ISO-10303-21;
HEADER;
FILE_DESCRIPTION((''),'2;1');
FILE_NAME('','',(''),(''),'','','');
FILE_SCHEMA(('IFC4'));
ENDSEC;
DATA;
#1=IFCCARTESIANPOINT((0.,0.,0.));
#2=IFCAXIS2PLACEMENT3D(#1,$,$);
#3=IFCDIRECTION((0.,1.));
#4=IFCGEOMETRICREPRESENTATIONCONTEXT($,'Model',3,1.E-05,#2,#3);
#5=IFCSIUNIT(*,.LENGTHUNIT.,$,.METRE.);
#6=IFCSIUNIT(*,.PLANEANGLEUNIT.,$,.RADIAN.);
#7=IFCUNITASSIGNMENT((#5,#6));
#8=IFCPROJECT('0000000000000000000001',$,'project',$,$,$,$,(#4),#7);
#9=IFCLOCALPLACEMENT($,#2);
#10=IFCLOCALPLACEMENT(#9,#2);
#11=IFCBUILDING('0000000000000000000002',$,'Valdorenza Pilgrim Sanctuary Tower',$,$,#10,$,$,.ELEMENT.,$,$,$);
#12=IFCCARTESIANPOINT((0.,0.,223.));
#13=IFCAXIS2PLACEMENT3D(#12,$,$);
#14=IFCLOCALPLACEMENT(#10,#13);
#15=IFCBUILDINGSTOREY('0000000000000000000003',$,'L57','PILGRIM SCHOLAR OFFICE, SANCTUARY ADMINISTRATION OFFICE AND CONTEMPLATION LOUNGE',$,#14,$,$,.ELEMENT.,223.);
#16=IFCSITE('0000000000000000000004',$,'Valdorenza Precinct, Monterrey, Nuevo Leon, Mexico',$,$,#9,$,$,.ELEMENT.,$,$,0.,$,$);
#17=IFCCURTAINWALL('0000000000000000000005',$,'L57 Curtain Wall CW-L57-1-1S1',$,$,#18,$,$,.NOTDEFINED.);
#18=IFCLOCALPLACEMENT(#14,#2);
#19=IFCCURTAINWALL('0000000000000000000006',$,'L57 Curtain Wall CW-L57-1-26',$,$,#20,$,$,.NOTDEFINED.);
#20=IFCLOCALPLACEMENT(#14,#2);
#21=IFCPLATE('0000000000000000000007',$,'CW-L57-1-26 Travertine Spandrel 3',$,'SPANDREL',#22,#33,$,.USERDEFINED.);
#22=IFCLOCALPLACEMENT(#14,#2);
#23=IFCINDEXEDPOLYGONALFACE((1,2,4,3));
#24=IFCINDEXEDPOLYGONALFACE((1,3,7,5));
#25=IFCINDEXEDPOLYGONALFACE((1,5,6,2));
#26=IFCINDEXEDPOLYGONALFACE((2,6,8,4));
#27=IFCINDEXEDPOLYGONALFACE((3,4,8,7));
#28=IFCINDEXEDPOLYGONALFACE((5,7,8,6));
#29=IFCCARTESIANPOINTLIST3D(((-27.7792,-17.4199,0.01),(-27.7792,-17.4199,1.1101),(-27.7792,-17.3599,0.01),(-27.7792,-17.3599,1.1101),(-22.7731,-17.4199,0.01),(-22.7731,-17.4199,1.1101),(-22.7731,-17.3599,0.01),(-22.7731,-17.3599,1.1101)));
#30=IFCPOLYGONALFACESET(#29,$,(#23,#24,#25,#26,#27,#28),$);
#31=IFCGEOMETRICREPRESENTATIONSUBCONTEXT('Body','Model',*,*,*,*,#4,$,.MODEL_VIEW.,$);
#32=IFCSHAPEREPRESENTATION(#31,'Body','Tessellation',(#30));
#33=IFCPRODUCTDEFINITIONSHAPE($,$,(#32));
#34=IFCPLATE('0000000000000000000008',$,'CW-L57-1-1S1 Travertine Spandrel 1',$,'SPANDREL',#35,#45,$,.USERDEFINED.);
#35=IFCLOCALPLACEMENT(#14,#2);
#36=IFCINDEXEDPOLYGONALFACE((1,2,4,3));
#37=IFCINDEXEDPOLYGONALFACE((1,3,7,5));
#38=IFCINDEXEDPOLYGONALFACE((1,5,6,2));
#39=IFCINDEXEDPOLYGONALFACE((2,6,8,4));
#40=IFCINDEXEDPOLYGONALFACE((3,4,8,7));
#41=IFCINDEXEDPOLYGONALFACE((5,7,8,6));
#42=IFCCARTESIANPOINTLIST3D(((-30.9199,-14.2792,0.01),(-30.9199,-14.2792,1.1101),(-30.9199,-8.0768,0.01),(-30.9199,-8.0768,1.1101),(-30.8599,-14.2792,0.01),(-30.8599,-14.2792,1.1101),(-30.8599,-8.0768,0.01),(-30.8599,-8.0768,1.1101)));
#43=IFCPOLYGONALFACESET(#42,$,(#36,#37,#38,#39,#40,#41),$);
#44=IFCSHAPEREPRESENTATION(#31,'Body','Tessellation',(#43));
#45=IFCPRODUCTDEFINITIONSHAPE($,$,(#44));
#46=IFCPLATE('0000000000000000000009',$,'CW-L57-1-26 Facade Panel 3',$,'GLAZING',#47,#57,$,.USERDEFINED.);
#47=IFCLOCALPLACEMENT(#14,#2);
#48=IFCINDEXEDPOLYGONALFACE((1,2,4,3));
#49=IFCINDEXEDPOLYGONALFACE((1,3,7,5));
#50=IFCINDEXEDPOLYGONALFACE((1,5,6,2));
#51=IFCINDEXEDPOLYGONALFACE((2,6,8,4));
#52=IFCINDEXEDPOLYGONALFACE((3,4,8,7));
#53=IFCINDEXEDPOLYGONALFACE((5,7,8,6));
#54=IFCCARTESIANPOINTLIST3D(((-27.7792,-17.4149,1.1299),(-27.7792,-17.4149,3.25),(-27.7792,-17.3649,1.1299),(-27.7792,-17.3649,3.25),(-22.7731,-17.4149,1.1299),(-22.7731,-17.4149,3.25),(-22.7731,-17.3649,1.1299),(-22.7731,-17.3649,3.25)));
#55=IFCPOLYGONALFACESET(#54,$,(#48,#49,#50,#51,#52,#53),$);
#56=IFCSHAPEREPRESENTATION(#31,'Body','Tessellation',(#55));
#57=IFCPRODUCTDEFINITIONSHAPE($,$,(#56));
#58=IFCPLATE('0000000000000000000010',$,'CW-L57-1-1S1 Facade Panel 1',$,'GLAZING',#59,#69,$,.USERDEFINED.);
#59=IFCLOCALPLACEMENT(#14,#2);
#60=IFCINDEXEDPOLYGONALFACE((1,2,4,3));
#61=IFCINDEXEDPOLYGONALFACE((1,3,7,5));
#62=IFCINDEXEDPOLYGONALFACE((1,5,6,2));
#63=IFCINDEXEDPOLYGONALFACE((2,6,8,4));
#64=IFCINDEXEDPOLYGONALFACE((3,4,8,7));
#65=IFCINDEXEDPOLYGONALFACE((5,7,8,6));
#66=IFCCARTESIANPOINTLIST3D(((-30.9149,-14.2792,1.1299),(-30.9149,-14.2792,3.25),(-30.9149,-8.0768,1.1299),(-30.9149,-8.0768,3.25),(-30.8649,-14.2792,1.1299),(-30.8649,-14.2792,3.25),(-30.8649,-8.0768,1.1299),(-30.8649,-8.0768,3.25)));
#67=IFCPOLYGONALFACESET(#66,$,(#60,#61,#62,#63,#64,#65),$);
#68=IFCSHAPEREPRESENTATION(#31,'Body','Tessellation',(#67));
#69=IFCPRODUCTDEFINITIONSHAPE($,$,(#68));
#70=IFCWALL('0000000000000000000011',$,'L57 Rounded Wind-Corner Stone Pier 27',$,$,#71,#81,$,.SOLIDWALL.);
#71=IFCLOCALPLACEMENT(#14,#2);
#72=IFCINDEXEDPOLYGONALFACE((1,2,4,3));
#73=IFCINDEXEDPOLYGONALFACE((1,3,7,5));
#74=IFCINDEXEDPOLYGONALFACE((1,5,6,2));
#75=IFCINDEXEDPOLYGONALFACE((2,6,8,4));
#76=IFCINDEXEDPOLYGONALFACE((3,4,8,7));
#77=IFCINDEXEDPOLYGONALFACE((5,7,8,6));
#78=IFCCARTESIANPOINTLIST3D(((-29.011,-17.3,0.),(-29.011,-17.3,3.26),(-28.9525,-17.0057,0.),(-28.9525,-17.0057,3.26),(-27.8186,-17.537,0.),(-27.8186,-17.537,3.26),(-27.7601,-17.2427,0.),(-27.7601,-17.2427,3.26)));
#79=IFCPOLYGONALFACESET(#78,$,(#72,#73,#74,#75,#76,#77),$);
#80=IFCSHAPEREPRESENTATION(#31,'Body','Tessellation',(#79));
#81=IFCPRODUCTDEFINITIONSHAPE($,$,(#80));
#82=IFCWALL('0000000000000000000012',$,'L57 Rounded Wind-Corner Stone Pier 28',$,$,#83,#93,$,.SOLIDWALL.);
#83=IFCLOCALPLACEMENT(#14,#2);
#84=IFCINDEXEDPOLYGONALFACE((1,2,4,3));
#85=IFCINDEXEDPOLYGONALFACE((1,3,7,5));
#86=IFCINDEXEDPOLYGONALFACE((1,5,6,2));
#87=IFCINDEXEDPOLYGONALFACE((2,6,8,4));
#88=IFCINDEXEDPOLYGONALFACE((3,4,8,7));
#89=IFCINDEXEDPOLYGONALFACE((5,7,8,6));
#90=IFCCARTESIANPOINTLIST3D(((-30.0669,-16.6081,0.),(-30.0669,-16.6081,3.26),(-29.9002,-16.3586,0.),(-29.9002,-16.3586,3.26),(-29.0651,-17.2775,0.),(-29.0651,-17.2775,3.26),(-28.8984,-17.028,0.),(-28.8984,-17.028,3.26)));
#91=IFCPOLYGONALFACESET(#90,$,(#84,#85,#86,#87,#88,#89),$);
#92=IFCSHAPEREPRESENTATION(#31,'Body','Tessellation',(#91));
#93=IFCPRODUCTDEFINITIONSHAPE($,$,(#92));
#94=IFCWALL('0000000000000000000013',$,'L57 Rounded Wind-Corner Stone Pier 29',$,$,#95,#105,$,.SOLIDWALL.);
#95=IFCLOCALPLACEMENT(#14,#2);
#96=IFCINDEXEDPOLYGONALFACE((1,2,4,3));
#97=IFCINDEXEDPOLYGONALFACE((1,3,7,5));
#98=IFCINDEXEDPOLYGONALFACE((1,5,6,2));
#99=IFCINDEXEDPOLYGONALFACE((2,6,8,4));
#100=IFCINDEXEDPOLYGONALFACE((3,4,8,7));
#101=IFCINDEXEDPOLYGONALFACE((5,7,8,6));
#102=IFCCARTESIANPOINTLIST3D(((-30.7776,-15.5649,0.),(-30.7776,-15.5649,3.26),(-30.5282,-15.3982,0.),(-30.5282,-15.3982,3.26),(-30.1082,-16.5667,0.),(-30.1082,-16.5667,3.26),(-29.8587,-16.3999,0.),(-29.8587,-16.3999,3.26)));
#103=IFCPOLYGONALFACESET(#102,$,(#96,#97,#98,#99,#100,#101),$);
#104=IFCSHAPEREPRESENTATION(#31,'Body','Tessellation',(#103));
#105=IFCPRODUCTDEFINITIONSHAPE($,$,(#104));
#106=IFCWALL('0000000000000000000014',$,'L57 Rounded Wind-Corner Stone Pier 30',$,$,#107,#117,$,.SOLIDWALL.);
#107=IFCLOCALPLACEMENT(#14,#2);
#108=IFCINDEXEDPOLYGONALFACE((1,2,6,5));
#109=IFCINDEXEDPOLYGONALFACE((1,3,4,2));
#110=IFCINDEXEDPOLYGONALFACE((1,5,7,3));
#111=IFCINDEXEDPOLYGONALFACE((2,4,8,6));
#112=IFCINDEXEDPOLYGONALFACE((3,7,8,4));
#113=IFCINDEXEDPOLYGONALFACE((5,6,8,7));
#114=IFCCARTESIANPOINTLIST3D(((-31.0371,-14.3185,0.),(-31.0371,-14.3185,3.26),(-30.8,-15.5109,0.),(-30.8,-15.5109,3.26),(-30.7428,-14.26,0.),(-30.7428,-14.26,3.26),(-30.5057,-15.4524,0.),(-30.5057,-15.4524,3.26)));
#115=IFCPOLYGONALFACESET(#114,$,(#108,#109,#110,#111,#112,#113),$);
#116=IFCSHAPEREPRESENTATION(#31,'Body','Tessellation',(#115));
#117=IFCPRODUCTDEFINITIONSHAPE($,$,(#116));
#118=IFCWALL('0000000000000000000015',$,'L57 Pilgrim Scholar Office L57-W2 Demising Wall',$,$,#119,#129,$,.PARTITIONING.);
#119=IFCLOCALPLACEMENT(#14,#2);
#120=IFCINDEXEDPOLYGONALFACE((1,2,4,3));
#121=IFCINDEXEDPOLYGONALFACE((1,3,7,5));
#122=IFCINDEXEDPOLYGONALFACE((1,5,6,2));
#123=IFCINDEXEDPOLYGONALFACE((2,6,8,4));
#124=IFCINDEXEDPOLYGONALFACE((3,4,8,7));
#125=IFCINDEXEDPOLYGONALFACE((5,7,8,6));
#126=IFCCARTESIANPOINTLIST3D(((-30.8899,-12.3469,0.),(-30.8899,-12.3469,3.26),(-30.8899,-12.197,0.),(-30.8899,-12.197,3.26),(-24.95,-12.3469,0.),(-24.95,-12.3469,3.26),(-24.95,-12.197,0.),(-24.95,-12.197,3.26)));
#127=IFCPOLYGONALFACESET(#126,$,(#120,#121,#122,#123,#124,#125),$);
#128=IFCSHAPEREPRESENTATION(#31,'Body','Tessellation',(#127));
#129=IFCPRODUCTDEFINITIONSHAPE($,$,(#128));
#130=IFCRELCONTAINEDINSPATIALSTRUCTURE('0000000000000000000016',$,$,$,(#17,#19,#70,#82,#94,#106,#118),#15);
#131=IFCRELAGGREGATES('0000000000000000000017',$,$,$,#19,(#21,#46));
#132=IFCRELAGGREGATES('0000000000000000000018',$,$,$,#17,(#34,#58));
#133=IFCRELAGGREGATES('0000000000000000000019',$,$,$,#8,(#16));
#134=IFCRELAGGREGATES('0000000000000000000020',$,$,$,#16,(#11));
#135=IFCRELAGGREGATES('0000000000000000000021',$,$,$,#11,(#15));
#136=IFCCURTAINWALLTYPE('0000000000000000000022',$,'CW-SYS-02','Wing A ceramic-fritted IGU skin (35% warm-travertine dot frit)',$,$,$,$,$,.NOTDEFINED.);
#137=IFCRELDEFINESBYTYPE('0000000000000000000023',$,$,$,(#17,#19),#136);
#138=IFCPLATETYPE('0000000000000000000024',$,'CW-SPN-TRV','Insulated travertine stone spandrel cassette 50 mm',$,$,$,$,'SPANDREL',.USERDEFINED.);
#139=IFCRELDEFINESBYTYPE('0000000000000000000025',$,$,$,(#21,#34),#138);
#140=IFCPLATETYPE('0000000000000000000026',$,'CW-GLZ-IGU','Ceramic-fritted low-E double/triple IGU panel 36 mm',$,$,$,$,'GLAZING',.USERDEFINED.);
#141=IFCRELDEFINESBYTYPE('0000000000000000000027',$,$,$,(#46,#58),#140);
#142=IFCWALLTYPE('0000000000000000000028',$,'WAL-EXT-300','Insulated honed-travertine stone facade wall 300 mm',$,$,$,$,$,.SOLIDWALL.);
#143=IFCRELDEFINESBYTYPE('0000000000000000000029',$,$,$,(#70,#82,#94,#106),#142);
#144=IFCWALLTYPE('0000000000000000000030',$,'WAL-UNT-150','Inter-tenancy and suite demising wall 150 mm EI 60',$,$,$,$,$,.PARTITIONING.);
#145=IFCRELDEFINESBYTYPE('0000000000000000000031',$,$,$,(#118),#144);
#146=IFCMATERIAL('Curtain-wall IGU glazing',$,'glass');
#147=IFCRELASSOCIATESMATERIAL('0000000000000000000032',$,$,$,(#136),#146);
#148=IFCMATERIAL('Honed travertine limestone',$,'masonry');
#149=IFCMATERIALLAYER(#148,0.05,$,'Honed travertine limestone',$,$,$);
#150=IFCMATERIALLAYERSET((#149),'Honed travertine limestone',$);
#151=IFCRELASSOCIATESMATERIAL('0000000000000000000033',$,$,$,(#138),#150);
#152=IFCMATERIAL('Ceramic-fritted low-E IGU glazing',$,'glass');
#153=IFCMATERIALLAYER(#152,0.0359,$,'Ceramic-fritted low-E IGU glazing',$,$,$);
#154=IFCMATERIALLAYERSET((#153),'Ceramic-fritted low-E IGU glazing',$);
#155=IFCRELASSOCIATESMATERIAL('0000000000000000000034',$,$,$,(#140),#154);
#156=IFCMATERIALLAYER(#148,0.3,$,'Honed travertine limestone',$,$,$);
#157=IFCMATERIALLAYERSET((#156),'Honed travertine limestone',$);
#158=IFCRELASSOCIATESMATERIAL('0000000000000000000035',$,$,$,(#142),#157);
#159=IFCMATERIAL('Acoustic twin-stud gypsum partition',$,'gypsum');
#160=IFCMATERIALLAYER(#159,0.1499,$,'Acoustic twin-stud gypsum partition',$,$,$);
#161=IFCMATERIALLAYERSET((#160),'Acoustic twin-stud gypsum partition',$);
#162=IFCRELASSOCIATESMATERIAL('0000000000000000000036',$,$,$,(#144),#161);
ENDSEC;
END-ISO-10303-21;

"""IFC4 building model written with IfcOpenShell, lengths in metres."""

from ifc_helpers import new_model, si_unit, direction, frame, frame_2d, origin, origin_2d, place, context, subcontext, project, spatial, rectangle, extrude, source, transform, mapped, material, layer, layer_set, type_object, element, aggregate, save


model = new_model("IFC4")

# Units and contexts
model_context = context("Model", 3, precision=1e-05, world=origin(), true_north=direction((0.0, 1.0)))
body_context = subcontext(model_context, "Body", "Model", "MODEL_VIEW")
ifc_project = project(units=[si_unit("LENGTHUNIT", "METRE"), si_unit("PLANEANGLEUNIT", "RADIAN")], contexts=[model_context])

# Site, building, storey
site_placement = place(None, origin())
site = spatial("IfcSite", under=ifc_project, at=site_placement, Name="Valdorenza Precinct, Monterrey, Nuevo Leon, Mexico", CompositionType="ELEMENT", RefElevation=0.0)
building_placement = place(site_placement, origin())
building = spatial("IfcBuilding", under=site, at=building_placement, Name="Valdorenza Pilgrim Sanctuary Tower", CompositionType="ELEMENT")
storey_placement = place(building_placement, frame((0.0, 0.0, 223.0)))
storey = spatial("IfcBuildingStorey", under=building, at=storey_placement, Name="L57", Description="PILGRIM SCHOLAR OFFICE, SANCTUARY ADMINISTRATION OFFICE AND CONTEMPLATION LOUNGE", CompositionType="ELEMENT", Elevation=223.0)

# Curtain wall
ifc_material_1 = material(Name="Curtain-wall IGU glazing", Category="glass")
curtain_wall_type = type_object("IfcCurtainWallType", Name="CW-SYS-02", Description="Wing A ceramic-fritted IGU skin (35% warm-travertine dot frit)", PredefinedType="NOTDEFINED", material=ifc_material_1)
curtain_wall_1_placement = place(storey_placement, origin())
curtain_wall_1 = element("IfcCurtainWall", 1, at=curtain_wall_1_placement, inside=storey, type_object=curtain_wall_type, Name="L57 Curtain Wall CW-L57-1-1S1", PredefinedType="NOTDEFINED")

# Curtain wall, plate
curtain_wall_2_placement = place(storey_placement, origin())
curtain_wall_2 = element("IfcCurtainWall", 2, at=curtain_wall_2_placement, inside=storey, type_object=curtain_wall_type, Name="L57 Curtain Wall CW-L57-1-26", PredefinedType="NOTDEFINED")
ifc_material_2 = material(Name="Honed travertine limestone", Category="masonry")
ifc_layer_1 = layer(ifc_material_2, 0.05, Name="Honed travertine limestone")
ifc_layer_set_1 = layer_set([ifc_layer_1], Name="Honed travertine limestone")
plate_type_1 = type_object("IfcPlateType", Name="CW-SPN-TRV", Description="Insulated travertine stone spandrel cassette 50 mm", ElementType="SPANDREL", PredefinedType="USERDEFINED", material=ifc_layer_set_1)
shared_shape_1 = source(origin(), body_context, "Body", "SweptSolid", [
    extrude(rectangle(XDim=5.0061, YDim=0.0601, at=origin_2d()), origin(), (0.0, 0.0, 1.0), 1.1001),
])
plate_1_placement = place(storey_placement, frame((-25.2761, -17.3899, 0.01), z_axis=(0.0, 0.0, 1.0), x_axis=(-1.0, 0.0, 0.0)))
plate_1 = element("IfcPlate", 3, at=plate_1_placement, type_object=plate_type_1, Name="CW-L57-1-26 Travertine Spandrel 3", ObjectType="SPANDREL", PredefinedType="USERDEFINED", context=body_context, shape_type="MappedRepresentation", body=[
    mapped(shared_shape_1, transform((0.0, 0.0, 0.0), x_axis=(1.0, 0.0, 0.0), y_axis=(0.0, 1.0, 0.0), z_axis=(0.0, 0.0, 1.0), scale=1.0)),
])

# Plates
shared_shape_2 = source(origin(), body_context, "Body", "SweptSolid", [
    extrude(rectangle(XDim=6.2024, YDim=0.0601, at=origin_2d()), origin(), (0.0, 0.0, 1.0), 1.1001),
])
plate_2_placement = place(storey_placement, frame((-30.8899, -11.178, 0.01), z_axis=(0.0, 0.0, 1.0), x_axis=(0.0, 1.0, 0.0)))
plate_2 = element("IfcPlate", 4, at=plate_2_placement, type_object=plate_type_1, Name="CW-L57-1-1S1 Travertine Spandrel 1", ObjectType="SPANDREL", PredefinedType="USERDEFINED", context=body_context, shape_type="MappedRepresentation", body=[
    mapped(shared_shape_2, transform((0.0, 0.0, 0.0), x_axis=(1.0, 0.0, 0.0), y_axis=(0.0, 1.0, 0.0), z_axis=(0.0, 0.0, 1.0), scale=1.0)),
])
ifc_material_3 = material(Name="Ceramic-fritted low-E IGU glazing", Category="glass")
ifc_layer_2 = layer(ifc_material_3, 0.0359, Name="Ceramic-fritted low-E IGU glazing")
ifc_layer_set_2 = layer_set([ifc_layer_2], Name="Ceramic-fritted low-E IGU glazing")
plate_type_2 = type_object("IfcPlateType", Name="CW-GLZ-IGU", Description="Ceramic-fritted low-E double/triple IGU panel 36 mm", ElementType="GLAZING", PredefinedType="USERDEFINED", material=ifc_layer_set_2)
shared_shape_3 = source(origin(), body_context, "Body", "SweptSolid", [
    extrude(rectangle(XDim=5.0061, YDim=0.05, at=origin_2d()), origin(), (0.0, 0.0, 1.0), 2.1201),
])
plate_3_placement = place(storey_placement, frame((-25.2761, -17.3899, 1.1299), z_axis=(0.0, 0.0, 1.0), x_axis=(-1.0, 0.0, 0.0)))
plate_3 = element("IfcPlate", 5, at=plate_3_placement, type_object=plate_type_2, Name="CW-L57-1-26 Facade Panel 3", ObjectType="GLAZING", PredefinedType="USERDEFINED", context=body_context, shape_type="MappedRepresentation", body=[
    mapped(shared_shape_3, transform((0.0, 0.0, 0.0), x_axis=(1.0, 0.0, 0.0), y_axis=(0.0, 1.0, 0.0), z_axis=(0.0, 0.0, 1.0), scale=1.0)),
])
aggregate(curtain_wall_2, [plate_1, plate_3])
shared_shape_4 = source(origin(), body_context, "Body", "SweptSolid", [
    extrude(rectangle(XDim=6.2024, YDim=0.05, at=origin_2d()), origin(), (0.0, 0.0, 1.0), 2.1201),
])
plate_4_placement = place(storey_placement, frame((-30.8899, -11.178, 1.1299), z_axis=(0.0, 0.0, 1.0), x_axis=(0.0, 1.0, 0.0)))
plate_4 = element("IfcPlate", 6, at=plate_4_placement, type_object=plate_type_2, Name="CW-L57-1-1S1 Facade Panel 1", ObjectType="GLAZING", PredefinedType="USERDEFINED", context=body_context, shape_type="MappedRepresentation", body=[
    mapped(shared_shape_4, transform((0.0, 0.0, 0.0), x_axis=(1.0, 0.0, 0.0), y_axis=(0.0, 1.0, 0.0), z_axis=(0.0, 0.0, 1.0), scale=1.0)),
])
aggregate(curtain_wall_1, [plate_2, plate_4])

# Walls
ifc_layer_3 = layer(ifc_material_2, 0.3, Name="Honed travertine limestone")
ifc_layer_set_3 = layer_set([ifc_layer_3], Name="Honed travertine limestone")
wall_type_1 = type_object("IfcWallType", Name="WAL-EXT-300", Description="Insulated honed-travertine stone facade wall 300 mm", PredefinedType="SOLIDWALL", material=ifc_layer_set_3)
wall_1_placement = place(storey_placement, frame((-27.7893, -17.3899, 0.0), z_axis=(0.0, 0.0, 1.0), x_axis=(-0.980804, 0.194996, 0.0)))
element("IfcWall", 7, at=wall_1_placement, inside=storey, type_object=wall_type_1, Name="L57 Rounded Wind-Corner Stone Pier 27", PredefinedType="SOLIDWALL", context=body_context, shape_type="SweptSolid", body=[
    extrude(rectangle(XDim=1.2158, YDim=0.3, at=frame_2d((0.6079, 0.0))), origin(), (0.0, 0.0, 1.0), 3.26),
])
for number, where, z_axis, x_axis, name in (
    (8, (-28.9817, -17.1528, 0.0), (0.0, 0.0, 1.0), (-0.831426, 0.555635, 0.0), "L57 Rounded Wind-Corner Stone Pier 28"),
    (9, (-29.9834, -16.4834, 0.0), (0.0, 0.0, 1.0), (-0.555635, 0.831426, 0.0), "L57 Rounded Wind-Corner Stone Pier 29"),
):
    element("IfcWall", number, at=place(storey_placement, frame(where, z_axis=z_axis, x_axis=x_axis)), inside=storey, type_object=wall_type_1, Name=name, PredefinedType="SOLIDWALL", context=body_context, shape_type="SweptSolid", body=[
        extrude(rectangle(XDim=1.2048, YDim=0.3, at=frame_2d((0.6025, 0.0))), origin(), (0.0, 0.0, 1.0), 3.26),
    ])
wall_2_placement = place(storey_placement, frame((-30.6528, -15.4817, 0.0), z_axis=(0.0, 0.0, 1.0), x_axis=(-0.194996, 0.980804, 0.0)))
element("IfcWall", 10, at=wall_2_placement, inside=storey, type_object=wall_type_1, Name="L57 Rounded Wind-Corner Stone Pier 30", PredefinedType="SOLIDWALL", context=body_context, shape_type="SweptSolid", body=[
    extrude(rectangle(XDim=1.2158, YDim=0.3, at=frame_2d((0.6079, 0.0))), origin(), (0.0, 0.0, 1.0), 3.26),
])
ifc_material_4 = material(Name="Acoustic twin-stud gypsum partition", Category="gypsum")
ifc_layer_4 = layer(ifc_material_4, 0.1499, Name="Acoustic twin-stud gypsum partition")
ifc_layer_set_4 = layer_set([ifc_layer_4], Name="Acoustic twin-stud gypsum partition")
wall_type_2 = type_object("IfcWallType", Name="WAL-UNT-150", Description="Inter-tenancy and suite demising wall 150 mm EI 60", PredefinedType="PARTITIONING", material=ifc_layer_set_4)
wall_3_placement = place(storey_placement, frame((-30.8899, -12.272, 0.0), z_axis=(0.0, 0.0, 1.0), x_axis=(1.0, 0.0, 0.0)))
element("IfcWall", 11, at=wall_3_placement, inside=storey, type_object=wall_type_2, Name="L57 Pilgrim Scholar Office L57-W2 Demising Wall", PredefinedType="PARTITIONING", context=body_context, shape_type="SweptSolid", body=[
    extrude(rectangle(XDim=5.9399, YDim=0.1499, at=frame_2d((2.97, 0.0))), origin(), (0.0, 0.0, 1.0), 3.26),
])

save(model, "model.ifc")
